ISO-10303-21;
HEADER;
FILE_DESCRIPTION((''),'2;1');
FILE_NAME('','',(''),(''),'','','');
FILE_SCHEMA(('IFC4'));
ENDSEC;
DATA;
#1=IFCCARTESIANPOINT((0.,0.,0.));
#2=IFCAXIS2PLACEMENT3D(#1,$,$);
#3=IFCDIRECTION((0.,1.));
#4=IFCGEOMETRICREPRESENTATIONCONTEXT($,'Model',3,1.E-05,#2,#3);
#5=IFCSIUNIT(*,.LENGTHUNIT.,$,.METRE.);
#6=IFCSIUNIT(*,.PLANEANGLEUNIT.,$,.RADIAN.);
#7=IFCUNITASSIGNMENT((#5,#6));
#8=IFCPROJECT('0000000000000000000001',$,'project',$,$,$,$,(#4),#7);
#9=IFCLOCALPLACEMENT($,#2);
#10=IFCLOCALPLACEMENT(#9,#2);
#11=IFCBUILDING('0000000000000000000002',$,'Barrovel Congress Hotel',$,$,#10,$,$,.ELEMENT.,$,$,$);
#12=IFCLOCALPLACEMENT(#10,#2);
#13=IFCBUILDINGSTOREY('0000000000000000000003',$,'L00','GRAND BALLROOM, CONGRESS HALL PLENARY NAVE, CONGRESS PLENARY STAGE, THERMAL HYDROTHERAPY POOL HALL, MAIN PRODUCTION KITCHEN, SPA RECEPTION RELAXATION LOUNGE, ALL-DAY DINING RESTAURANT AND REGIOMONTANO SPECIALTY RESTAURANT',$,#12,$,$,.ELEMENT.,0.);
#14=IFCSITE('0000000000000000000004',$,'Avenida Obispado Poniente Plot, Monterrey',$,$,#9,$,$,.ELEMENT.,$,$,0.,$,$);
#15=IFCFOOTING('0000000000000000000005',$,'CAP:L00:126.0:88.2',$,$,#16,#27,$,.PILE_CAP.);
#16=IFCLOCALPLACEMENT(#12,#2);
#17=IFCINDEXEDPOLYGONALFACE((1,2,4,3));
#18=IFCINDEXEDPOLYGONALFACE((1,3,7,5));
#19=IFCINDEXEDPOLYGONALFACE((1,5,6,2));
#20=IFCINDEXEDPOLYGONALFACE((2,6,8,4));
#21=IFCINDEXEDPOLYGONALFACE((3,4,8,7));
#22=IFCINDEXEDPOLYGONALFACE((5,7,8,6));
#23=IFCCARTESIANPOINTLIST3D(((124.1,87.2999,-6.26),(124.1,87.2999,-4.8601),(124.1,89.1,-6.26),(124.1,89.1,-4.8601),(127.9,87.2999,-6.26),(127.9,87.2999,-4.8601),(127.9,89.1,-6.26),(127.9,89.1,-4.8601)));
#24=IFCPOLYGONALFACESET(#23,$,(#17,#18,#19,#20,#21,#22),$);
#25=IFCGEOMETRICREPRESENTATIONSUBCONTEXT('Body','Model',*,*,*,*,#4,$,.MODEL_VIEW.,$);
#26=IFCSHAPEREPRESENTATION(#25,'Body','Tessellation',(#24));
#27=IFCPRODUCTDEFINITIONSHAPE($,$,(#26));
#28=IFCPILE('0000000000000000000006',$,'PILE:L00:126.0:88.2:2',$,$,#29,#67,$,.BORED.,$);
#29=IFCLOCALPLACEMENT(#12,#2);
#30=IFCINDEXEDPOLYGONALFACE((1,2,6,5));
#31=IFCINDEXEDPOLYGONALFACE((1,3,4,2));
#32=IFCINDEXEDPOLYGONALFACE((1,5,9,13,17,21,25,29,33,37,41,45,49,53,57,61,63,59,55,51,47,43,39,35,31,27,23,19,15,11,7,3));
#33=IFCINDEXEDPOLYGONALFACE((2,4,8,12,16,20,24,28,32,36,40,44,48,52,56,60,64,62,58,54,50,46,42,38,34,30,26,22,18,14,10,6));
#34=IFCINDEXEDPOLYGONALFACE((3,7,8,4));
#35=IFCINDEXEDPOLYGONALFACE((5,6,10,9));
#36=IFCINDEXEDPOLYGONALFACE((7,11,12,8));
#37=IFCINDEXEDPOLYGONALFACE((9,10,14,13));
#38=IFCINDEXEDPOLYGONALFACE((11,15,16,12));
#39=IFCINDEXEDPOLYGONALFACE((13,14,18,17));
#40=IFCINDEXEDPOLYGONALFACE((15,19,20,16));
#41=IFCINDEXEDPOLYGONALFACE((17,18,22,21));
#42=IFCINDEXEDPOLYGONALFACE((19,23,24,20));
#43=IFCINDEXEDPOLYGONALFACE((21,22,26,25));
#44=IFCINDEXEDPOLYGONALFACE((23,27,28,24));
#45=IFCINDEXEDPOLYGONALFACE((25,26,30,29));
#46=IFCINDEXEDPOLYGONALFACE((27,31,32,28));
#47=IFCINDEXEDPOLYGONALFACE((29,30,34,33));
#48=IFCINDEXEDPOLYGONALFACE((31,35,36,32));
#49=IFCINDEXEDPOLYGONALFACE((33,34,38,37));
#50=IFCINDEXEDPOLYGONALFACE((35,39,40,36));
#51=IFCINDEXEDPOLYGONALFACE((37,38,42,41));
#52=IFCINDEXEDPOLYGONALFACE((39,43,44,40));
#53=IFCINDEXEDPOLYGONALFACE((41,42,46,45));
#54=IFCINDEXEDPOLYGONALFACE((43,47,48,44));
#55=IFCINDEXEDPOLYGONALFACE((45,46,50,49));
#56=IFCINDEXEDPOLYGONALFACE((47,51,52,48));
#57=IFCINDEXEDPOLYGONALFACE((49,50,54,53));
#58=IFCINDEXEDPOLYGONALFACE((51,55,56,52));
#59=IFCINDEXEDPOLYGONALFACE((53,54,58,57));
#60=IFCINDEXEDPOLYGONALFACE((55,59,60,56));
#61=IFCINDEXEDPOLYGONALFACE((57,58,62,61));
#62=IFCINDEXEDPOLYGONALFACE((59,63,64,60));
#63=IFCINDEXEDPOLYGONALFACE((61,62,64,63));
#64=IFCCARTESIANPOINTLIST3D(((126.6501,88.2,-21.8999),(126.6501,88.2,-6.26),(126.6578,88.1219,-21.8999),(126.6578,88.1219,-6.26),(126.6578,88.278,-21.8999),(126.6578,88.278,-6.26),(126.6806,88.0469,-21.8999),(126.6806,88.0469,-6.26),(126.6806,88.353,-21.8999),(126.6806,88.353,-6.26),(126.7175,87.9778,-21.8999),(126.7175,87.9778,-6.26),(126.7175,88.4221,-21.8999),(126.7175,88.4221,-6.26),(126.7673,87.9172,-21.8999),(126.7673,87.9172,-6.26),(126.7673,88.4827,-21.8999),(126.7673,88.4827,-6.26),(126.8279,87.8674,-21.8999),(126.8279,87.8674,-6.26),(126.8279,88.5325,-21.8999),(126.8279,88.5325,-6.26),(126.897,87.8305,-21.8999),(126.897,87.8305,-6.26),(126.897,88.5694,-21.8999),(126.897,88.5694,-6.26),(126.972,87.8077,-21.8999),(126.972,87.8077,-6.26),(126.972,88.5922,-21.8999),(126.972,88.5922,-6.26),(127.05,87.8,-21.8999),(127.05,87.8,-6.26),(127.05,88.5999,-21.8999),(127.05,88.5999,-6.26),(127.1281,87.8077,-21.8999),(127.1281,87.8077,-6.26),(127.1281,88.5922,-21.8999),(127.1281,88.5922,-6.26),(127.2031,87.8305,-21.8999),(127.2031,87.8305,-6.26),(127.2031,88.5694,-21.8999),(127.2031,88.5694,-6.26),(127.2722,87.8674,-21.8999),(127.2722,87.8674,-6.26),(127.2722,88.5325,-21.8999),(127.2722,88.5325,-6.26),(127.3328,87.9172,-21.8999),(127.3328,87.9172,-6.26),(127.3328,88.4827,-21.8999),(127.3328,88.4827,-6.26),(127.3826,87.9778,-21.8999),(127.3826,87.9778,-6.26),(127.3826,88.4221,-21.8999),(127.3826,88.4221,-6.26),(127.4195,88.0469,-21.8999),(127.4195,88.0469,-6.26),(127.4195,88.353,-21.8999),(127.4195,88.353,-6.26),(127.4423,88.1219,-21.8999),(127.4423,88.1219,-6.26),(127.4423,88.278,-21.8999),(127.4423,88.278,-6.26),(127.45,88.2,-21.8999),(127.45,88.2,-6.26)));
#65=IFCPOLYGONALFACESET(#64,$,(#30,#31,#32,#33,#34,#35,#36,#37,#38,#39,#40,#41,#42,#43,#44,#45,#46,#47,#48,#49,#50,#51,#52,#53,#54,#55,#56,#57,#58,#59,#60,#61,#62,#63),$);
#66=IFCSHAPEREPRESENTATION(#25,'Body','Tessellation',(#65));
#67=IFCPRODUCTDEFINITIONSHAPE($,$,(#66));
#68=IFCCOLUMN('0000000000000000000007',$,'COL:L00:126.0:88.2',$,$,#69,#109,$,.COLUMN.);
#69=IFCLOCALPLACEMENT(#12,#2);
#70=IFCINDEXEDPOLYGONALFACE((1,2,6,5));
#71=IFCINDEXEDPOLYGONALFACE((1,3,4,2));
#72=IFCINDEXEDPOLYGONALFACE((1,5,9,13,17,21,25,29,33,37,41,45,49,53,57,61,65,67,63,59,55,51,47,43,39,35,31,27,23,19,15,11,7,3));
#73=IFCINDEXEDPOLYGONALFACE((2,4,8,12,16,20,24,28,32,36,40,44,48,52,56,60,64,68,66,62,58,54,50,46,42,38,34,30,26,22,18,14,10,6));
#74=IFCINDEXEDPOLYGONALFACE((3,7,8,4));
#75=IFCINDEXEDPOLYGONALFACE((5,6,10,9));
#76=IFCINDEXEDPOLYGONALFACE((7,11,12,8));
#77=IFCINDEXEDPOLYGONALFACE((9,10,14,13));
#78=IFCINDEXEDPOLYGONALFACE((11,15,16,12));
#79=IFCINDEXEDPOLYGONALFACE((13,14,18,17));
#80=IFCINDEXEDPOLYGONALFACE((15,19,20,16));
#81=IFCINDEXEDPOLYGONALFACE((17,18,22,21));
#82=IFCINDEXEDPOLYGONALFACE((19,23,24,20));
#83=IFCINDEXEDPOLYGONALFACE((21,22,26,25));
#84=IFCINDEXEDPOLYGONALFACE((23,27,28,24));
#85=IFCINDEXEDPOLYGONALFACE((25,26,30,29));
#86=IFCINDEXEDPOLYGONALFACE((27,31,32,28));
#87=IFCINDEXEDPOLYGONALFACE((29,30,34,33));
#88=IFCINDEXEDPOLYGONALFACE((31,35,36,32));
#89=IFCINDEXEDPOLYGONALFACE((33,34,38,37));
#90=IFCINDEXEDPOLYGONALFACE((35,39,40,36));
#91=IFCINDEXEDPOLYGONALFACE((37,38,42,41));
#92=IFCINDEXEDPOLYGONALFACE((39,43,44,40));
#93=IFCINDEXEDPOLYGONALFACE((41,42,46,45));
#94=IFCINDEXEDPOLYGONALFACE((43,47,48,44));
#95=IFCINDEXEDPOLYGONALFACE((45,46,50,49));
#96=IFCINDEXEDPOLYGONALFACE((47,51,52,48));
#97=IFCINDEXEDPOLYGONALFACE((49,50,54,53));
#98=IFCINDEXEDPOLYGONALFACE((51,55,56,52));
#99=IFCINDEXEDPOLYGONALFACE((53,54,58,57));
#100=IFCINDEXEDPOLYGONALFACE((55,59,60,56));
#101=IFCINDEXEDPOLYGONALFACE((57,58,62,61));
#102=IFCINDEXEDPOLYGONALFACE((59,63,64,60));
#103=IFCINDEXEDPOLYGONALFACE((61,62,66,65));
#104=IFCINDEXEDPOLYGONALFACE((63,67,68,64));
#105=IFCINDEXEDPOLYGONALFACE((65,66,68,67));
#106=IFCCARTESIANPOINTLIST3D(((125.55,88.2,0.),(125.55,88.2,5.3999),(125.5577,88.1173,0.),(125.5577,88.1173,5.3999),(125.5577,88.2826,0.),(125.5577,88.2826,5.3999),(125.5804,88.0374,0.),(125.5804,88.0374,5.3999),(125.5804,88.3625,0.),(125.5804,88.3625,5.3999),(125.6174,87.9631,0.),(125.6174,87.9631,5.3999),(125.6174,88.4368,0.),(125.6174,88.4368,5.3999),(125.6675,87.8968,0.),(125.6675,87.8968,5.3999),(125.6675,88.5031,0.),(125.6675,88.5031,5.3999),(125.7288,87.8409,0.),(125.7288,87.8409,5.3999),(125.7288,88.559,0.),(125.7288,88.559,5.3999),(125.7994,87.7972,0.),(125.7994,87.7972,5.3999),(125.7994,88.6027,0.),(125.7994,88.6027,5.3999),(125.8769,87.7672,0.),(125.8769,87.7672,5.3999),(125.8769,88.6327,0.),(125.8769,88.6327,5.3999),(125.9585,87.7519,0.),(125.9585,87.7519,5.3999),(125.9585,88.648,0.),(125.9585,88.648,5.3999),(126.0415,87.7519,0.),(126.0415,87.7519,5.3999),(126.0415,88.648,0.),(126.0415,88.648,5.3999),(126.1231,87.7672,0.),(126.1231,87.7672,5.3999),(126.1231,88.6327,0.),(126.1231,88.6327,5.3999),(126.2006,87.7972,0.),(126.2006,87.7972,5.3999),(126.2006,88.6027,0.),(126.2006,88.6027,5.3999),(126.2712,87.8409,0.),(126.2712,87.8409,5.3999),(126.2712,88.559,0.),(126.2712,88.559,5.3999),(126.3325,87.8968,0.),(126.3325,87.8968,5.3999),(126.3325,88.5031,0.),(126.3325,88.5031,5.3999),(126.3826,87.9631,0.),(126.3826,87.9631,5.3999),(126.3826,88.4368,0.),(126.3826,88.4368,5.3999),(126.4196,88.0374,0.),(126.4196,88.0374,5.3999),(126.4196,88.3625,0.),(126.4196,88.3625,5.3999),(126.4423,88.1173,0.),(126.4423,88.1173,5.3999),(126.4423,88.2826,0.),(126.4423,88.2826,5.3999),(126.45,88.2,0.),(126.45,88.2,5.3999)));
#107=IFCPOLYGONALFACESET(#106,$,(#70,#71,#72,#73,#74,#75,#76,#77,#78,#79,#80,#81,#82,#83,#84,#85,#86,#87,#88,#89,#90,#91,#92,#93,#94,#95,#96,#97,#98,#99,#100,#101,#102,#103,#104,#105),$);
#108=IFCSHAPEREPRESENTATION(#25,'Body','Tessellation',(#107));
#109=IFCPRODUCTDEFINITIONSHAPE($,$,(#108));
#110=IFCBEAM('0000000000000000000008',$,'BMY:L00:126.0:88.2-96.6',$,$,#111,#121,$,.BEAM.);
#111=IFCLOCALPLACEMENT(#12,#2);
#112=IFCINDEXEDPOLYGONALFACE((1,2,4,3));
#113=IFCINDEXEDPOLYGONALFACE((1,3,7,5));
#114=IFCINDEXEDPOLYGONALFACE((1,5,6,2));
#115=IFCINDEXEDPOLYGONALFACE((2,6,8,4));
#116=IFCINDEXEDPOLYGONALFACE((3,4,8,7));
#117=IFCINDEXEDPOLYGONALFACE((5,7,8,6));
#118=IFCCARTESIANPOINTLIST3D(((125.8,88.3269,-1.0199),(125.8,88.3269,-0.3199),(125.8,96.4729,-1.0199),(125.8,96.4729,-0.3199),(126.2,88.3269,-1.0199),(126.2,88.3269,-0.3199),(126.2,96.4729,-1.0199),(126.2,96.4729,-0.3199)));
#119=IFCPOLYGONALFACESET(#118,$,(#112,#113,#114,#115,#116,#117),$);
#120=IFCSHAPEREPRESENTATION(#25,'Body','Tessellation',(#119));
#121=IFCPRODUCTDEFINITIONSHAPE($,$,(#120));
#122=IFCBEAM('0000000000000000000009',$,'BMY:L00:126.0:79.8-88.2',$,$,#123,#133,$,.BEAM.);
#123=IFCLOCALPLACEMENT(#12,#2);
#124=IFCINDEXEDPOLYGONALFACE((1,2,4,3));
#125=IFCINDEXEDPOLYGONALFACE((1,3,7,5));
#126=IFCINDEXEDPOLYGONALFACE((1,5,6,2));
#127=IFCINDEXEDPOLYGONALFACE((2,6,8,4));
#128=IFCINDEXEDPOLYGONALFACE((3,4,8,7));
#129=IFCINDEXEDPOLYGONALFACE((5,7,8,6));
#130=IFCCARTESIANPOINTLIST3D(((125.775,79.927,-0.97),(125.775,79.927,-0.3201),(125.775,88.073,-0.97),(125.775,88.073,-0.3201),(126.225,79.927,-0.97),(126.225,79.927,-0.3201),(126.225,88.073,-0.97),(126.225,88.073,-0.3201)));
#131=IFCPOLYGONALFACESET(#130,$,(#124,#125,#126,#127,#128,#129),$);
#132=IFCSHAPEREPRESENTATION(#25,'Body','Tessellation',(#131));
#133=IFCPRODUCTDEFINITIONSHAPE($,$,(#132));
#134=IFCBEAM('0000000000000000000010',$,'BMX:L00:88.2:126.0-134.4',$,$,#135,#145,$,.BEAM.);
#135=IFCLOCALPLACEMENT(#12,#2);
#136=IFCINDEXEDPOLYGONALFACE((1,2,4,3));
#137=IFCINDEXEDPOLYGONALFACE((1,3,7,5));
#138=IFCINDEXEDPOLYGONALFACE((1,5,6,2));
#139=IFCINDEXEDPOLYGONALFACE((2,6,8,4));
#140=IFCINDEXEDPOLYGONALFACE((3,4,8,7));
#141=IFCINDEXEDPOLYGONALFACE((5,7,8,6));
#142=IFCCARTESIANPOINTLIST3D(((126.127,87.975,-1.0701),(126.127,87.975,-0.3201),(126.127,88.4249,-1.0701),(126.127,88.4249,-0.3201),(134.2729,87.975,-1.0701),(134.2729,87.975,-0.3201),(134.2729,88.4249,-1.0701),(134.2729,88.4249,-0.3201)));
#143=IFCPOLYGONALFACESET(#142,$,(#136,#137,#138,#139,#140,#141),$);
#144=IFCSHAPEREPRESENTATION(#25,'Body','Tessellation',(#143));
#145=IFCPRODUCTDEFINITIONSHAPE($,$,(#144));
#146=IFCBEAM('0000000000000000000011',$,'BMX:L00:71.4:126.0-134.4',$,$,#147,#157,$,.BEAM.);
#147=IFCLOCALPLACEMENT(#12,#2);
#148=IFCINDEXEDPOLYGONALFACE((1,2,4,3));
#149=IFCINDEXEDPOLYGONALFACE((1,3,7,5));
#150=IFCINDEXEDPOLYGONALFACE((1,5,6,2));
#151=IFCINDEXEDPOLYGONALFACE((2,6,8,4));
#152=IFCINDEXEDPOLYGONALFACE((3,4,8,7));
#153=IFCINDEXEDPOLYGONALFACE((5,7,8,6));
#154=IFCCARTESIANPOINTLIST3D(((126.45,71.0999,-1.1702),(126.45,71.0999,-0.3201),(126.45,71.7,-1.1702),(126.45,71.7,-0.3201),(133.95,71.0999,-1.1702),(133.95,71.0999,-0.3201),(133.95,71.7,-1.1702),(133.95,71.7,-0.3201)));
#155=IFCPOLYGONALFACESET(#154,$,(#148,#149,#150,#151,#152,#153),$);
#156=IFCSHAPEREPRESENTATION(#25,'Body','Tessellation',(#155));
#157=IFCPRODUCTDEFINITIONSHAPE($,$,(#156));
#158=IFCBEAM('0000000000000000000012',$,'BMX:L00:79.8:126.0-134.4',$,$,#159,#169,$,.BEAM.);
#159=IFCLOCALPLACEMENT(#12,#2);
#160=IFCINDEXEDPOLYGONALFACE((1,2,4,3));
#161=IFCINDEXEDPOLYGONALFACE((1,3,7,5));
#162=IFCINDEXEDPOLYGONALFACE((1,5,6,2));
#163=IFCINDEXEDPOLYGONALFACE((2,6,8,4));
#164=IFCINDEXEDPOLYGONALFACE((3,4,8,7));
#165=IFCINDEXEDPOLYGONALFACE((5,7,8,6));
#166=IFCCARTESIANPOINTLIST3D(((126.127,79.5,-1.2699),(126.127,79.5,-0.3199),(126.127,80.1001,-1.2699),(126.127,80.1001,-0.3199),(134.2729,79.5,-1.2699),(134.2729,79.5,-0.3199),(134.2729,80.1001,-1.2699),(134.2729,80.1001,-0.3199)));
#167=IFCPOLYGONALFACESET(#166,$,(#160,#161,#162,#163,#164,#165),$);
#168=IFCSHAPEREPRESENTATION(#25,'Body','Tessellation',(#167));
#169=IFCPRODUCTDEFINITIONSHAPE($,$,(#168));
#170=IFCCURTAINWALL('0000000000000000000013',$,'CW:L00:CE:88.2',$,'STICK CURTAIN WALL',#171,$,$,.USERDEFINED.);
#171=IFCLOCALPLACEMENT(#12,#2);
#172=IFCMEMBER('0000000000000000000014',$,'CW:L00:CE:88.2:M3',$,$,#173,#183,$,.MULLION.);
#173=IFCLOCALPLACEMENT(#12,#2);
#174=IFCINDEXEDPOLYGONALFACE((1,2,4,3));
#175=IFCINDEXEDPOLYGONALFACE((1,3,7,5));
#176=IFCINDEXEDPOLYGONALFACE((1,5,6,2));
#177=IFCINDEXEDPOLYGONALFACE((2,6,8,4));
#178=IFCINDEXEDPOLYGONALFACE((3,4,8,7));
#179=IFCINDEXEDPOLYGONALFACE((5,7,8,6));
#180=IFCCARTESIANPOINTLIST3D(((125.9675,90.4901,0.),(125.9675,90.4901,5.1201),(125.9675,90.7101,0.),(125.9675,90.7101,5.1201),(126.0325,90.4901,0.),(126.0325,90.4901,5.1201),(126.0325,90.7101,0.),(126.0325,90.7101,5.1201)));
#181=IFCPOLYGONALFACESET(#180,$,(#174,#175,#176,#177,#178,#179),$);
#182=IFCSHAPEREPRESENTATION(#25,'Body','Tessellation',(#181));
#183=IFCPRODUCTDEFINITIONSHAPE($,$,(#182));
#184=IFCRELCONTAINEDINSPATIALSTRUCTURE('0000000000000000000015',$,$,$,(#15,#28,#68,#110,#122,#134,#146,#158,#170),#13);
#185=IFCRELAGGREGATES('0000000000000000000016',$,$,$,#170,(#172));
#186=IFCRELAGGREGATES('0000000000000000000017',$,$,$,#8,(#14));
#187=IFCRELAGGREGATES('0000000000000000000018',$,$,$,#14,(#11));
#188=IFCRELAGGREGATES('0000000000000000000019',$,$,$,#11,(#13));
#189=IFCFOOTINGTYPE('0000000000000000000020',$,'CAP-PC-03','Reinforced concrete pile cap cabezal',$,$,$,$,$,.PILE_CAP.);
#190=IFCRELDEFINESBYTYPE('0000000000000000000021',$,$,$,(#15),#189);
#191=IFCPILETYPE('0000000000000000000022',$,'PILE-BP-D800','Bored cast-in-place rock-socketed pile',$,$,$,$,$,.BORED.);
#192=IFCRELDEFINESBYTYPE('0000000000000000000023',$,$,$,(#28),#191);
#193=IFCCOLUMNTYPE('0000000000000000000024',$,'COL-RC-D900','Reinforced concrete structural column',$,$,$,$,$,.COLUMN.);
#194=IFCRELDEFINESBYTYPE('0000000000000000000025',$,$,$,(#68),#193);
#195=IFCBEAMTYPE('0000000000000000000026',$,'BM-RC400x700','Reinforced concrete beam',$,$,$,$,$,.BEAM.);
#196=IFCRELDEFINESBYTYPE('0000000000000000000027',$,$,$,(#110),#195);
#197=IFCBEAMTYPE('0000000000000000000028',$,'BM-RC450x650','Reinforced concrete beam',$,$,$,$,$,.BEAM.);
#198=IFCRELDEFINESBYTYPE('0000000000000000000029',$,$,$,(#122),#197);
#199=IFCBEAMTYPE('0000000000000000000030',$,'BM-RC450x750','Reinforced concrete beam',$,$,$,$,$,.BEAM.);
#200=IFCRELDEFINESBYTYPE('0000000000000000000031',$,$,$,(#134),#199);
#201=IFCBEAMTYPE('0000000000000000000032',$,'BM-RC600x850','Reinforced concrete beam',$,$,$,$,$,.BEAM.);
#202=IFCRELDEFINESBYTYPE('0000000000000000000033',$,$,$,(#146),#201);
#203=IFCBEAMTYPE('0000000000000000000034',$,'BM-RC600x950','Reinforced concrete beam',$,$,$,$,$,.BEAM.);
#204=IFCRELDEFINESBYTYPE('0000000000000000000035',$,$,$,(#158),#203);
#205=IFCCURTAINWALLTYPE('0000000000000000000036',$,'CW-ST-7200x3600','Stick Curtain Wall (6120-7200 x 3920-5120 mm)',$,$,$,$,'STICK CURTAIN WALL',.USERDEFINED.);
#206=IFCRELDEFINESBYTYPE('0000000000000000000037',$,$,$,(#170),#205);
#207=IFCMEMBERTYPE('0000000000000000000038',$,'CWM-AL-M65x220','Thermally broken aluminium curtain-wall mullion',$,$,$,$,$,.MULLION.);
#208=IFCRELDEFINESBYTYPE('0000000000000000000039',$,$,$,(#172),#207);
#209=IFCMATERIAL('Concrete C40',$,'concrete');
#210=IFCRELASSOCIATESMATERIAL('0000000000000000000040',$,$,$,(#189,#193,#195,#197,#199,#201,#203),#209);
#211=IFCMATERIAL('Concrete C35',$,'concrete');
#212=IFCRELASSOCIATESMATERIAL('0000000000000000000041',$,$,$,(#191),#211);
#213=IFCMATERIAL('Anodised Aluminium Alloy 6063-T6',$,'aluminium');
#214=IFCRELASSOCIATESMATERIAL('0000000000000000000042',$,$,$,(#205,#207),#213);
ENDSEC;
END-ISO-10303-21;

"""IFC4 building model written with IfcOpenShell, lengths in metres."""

from ifc_helpers import new_model, si_unit, direction, frame, origin, origin_2d, place, context, subcontext, project, spatial, rectangle, circle, extrude, material, material_profile, profile_set, type_object, element, aggregate, save


model = new_model("IFC4")

# Units and contexts
model_context = context("Model", 3, precision=1e-05, world=origin(), true_north=direction((0.0, 1.0)))
body_context = subcontext(model_context, "Body", "Model", "MODEL_VIEW")
ifc_project = project(units=[si_unit("LENGTHUNIT", "METRE"), si_unit("PLANEANGLEUNIT", "RADIAN")], contexts=[model_context])

# Site, building, storey
site_placement = place(None, origin())
site = spatial("IfcSite", under=ifc_project, at=site_placement, Name="Avenida Obispado Poniente Plot, Monterrey", CompositionType="ELEMENT", RefElevation=0.0)
building_placement = place(site_placement, origin())
building = spatial("IfcBuilding", under=site, at=building_placement, Name="Barrovel Congress Hotel", CompositionType="ELEMENT")
storey_placement = place(building_placement, origin())
storey = spatial("IfcBuildingStorey", under=building, at=storey_placement, Name="L00", Description="GRAND BALLROOM, CONGRESS HALL PLENARY NAVE, CONGRESS PLENARY STAGE, THERMAL HYDROTHERAPY POOL HALL, MAIN PRODUCTION KITCHEN, SPA RECEPTION RELAXATION LOUNGE, ALL-DAY DINING RESTAURANT AND REGIOMONTANO SPECIALTY RESTAURANT", CompositionType="ELEMENT", Elevation=0.0)

# Footing
ifc_material_1 = material(Name="Concrete C40", Category="concrete")
footing_type = type_object("IfcFootingType", Name="CAP-PC-03", Description="Reinforced concrete pile cap cabezal", PredefinedType="PILE_CAP", material=ifc_material_1)
footing_placement = place(storey_placement, frame((126.0, 88.2, -6.26), z_axis=(0.0, 0.0, 1.0), x_axis=(1.0, 0.0, 0.0)))
element("IfcFooting", 1, at=footing_placement, inside=storey, type_object=footing_type, Name="CAP:L00:126.0:88.2", PredefinedType="PILE_CAP", context=body_context, shape_type="SweptSolid", body=[
    extrude(rectangle(XDim=3.8, YDim=1.8, at=origin_2d()), origin(), (0.0, 0.0, 1.0), 1.3999),
])

# Pile
ifc_material_2 = material(Name="Concrete C35", Category="concrete")
ifc_material_profile_1 = material_profile(ifc_material_2, circle(Radius=0.3999, at=origin_2d()), Name="BP-D800")
ifc_profile_set_1 = profile_set([ifc_material_profile_1], Name="Concrete C35")
pile_type = type_object("IfcPileType", Name="PILE-BP-D800", Description="Bored cast-in-place rock-socketed pile", PredefinedType="BORED", material=ifc_profile_set_1)
pile_placement = place(storey_placement, frame((127.05, 88.2, -6.26), z_axis=(0.0, 0.0, -1.0), x_axis=(1.0, 0.0, 0.0)))
element("IfcPile", 2, at=pile_placement, inside=storey, type_object=pile_type, Name="PILE:L00:126.0:88.2:2", PredefinedType="BORED", context=body_context, shape_type="SweptSolid", body=[
    extrude(circle(Radius=0.3999, at=origin_2d()), origin(), (0.0, 0.0, 1.0), 15.6399),
])

# Column
ifc_material_profile_2 = material_profile(ifc_material_1, circle(Radius=0.45, at=origin_2d()), Name="RC-D900")
ifc_profile_set_2 = profile_set([ifc_material_profile_2], Name="Concrete C40")
column_type = type_object("IfcColumnType", Name="COL-RC-D900", Description="Reinforced concrete structural column", PredefinedType="COLUMN", material=ifc_profile_set_2)
column_placement = place(storey_placement, frame((126.0, 88.2, 0.0), z_axis=(0.0, 0.0, 1.0), x_axis=(1.0, 0.0, 0.0)))
element("IfcColumn", 3, at=column_placement, inside=storey, type_object=column_type, Name="COL:L00:126.0:88.2", PredefinedType="COLUMN", context=body_context, shape_type="SweptSolid", body=[
    extrude(circle(Radius=0.45, at=origin_2d()), origin(), (0.0, 0.0, 1.0), 5.3999),
])

# Beams
ifc_material_profile_3 = material_profile(ifc_material_1, rectangle(XDim=0.3999, YDim=0.7, at=origin_2d()), Name="RC400x700")
ifc_profile_set_3 = profile_set([ifc_material_profile_3], Name="Concrete C40")
beam_type_1 = type_object("IfcBeamType", Name="BM-RC400x700", Description="Reinforced concrete beam", PredefinedType="BEAM", material=ifc_profile_set_3)
beam_1_placement = place(storey_placement, frame((126.0, 88.3269, -0.6699), z_axis=(0.0, 1.0, 0.0), x_axis=(-1.0, 0.0, 0.0)))
element("IfcBeam", 4, at=beam_1_placement, inside=storey, type_object=beam_type_1, Name="BMY:L00:126.0:88.2-96.6", PredefinedType="BEAM", context=body_context, shape_type="SweptSolid", body=[
    extrude(rectangle(XDim=0.3999, YDim=0.7, at=origin_2d()), origin(), (0.0, 0.0, 1.0), 8.146),
])
ifc_material_profile_4 = material_profile(ifc_material_1, rectangle(XDim=0.45, YDim=0.6499, at=origin_2d()), Name="RC450x650")
ifc_profile_set_4 = profile_set([ifc_material_profile_4], Name="Concrete C40")
beam_type_2 = type_object("IfcBeamType", Name="BM-RC450x650", Description="Reinforced concrete beam", PredefinedType="BEAM", material=ifc_profile_set_4)
beam_2_placement = place(storey_placement, frame((126.0, 79.927, -0.645), z_axis=(0.0, 1.0, 0.0), x_axis=(-1.0, 0.0, 0.0)))
element("IfcBeam", 5, at=beam_2_placement, inside=storey, type_object=beam_type_2, Name="BMY:L00:126.0:79.8-88.2", PredefinedType="BEAM", context=body_context, shape_type="SweptSolid", body=[
    extrude(rectangle(XDim=0.45, YDim=0.6499, at=origin_2d()), origin(), (0.0, 0.0, 1.0), 8.146),
])
ifc_material_profile_5 = material_profile(ifc_material_1, rectangle(XDim=0.45, YDim=0.75, at=origin_2d()), Name="RC450x750")
ifc_profile_set_5 = profile_set([ifc_material_profile_5], Name="Concrete C40")
beam_type_3 = type_object("IfcBeamType", Name="BM-RC450x750", Description="Reinforced concrete beam", PredefinedType="BEAM", material=ifc_profile_set_5)
beam_3_placement = place(storey_placement, frame((126.127, 88.2, -0.6951), z_axis=(1.0, 0.0, 0.0), x_axis=(0.0, 1.0, 0.0)))
element("IfcBeam", 6, at=beam_3_placement, inside=storey, type_object=beam_type_3, Name="BMX:L00:88.2:126.0-134.4", PredefinedType="BEAM", context=body_context, shape_type="SweptSolid", body=[
    extrude(rectangle(XDim=0.45, YDim=0.75, at=origin_2d()), origin(), (0.0, 0.0, 1.0), 8.146),
])
ifc_material_profile_6 = material_profile(ifc_material_1, rectangle(XDim=0.6001, YDim=0.8501, at=origin_2d()), Name="RC600x850")
ifc_profile_set_6 = profile_set([ifc_material_profile_6], Name="Concrete C40")
beam_type_4 = type_object("IfcBeamType", Name="BM-RC600x850", Description="Reinforced concrete beam", PredefinedType="BEAM", material=ifc_profile_set_6)
beam_4_placement = place(storey_placement, frame((126.45, 71.3999, -0.7451), z_axis=(1.0, 0.0, 0.0), x_axis=(0.0, 1.0, 0.0)))
element("IfcBeam", 7, at=beam_4_placement, inside=storey, type_object=beam_type_4, Name="BMX:L00:71.4:126.0-134.4", PredefinedType="BEAM", context=body_context, shape_type="SweptSolid", body=[
    extrude(rectangle(XDim=0.6001, YDim=0.8501, at=origin_2d()), origin(), (0.0, 0.0, 1.0), 7.5),
])
ifc_material_profile_7 = material_profile(ifc_material_1, rectangle(XDim=0.6001, YDim=0.95, at=origin_2d()), Name="RC600x950")
ifc_profile_set_7 = profile_set([ifc_material_profile_7], Name="Concrete C40")
beam_type_5 = type_object("IfcBeamType", Name="BM-RC600x950", Description="Reinforced concrete beam", PredefinedType="BEAM", material=ifc_profile_set_7)
beam_5_placement = place(storey_placement, frame((126.127, 79.8, -0.7949), z_axis=(1.0, 0.0, 0.0), x_axis=(0.0, 1.0, 0.0)))
element("IfcBeam", 8, at=beam_5_placement, inside=storey, type_object=beam_type_5, Name="BMX:L00:79.8:126.0-134.4", PredefinedType="BEAM", context=body_context, shape_type="SweptSolid", body=[
    extrude(rectangle(XDim=0.6001, YDim=0.95, at=origin_2d()), origin(), (0.0, 0.0, 1.0), 8.146),
])

# Curtain wall, member
ifc_material_3 = material(Name="Anodised Aluminium Alloy 6063-T6", Category="aluminium")
curtain_wall_type = type_object("IfcCurtainWallType", Name="CW-ST-7200x3600", Description="Stick Curtain Wall (6120-7200 x 3920-5120 mm)", ElementType="STICK CURTAIN WALL", PredefinedType="USERDEFINED", material=ifc_material_3)
curtain_wall_placement = place(storey_placement, origin())
curtain_wall = element("IfcCurtainWall", 9, at=curtain_wall_placement, inside=storey, type_object=curtain_wall_type, Name="CW:L00:CE:88.2", ObjectType="STICK CURTAIN WALL", PredefinedType="USERDEFINED")
ifc_material_profile_8 = material_profile(ifc_material_3, rectangle(XDim=0.0649, YDim=0.22, at=origin_2d()), Name="AL-M65x220")
ifc_profile_set_8 = profile_set([ifc_material_profile_8], Name="Anodised Aluminium Alloy 6063-T6")
member_type = type_object("IfcMemberType", Name="CWM-AL-M65x220", Description="Thermally broken aluminium curtain-wall mullion", PredefinedType="MULLION", material=ifc_profile_set_8)
member_1_placement = place(storey_placement, frame((126.0, 90.6001, 0.0), z_axis=(0.0, 0.0, 1.0), x_axis=(1.0, 0.0, 0.0)))
member_1 = element("IfcMember", 10, at=member_1_placement, type_object=member_type, Name="CW:L00:CE:88.2:M3", PredefinedType="MULLION", context=body_context, shape_type="SweptSolid", body=[
    extrude(rectangle(XDim=0.0649, YDim=0.22, at=origin_2d()), origin(), (0.0, 0.0, 1.0), 5.1201),
])

aggregate(curtain_wall, [member_1])

save(model, "model.ifc")
